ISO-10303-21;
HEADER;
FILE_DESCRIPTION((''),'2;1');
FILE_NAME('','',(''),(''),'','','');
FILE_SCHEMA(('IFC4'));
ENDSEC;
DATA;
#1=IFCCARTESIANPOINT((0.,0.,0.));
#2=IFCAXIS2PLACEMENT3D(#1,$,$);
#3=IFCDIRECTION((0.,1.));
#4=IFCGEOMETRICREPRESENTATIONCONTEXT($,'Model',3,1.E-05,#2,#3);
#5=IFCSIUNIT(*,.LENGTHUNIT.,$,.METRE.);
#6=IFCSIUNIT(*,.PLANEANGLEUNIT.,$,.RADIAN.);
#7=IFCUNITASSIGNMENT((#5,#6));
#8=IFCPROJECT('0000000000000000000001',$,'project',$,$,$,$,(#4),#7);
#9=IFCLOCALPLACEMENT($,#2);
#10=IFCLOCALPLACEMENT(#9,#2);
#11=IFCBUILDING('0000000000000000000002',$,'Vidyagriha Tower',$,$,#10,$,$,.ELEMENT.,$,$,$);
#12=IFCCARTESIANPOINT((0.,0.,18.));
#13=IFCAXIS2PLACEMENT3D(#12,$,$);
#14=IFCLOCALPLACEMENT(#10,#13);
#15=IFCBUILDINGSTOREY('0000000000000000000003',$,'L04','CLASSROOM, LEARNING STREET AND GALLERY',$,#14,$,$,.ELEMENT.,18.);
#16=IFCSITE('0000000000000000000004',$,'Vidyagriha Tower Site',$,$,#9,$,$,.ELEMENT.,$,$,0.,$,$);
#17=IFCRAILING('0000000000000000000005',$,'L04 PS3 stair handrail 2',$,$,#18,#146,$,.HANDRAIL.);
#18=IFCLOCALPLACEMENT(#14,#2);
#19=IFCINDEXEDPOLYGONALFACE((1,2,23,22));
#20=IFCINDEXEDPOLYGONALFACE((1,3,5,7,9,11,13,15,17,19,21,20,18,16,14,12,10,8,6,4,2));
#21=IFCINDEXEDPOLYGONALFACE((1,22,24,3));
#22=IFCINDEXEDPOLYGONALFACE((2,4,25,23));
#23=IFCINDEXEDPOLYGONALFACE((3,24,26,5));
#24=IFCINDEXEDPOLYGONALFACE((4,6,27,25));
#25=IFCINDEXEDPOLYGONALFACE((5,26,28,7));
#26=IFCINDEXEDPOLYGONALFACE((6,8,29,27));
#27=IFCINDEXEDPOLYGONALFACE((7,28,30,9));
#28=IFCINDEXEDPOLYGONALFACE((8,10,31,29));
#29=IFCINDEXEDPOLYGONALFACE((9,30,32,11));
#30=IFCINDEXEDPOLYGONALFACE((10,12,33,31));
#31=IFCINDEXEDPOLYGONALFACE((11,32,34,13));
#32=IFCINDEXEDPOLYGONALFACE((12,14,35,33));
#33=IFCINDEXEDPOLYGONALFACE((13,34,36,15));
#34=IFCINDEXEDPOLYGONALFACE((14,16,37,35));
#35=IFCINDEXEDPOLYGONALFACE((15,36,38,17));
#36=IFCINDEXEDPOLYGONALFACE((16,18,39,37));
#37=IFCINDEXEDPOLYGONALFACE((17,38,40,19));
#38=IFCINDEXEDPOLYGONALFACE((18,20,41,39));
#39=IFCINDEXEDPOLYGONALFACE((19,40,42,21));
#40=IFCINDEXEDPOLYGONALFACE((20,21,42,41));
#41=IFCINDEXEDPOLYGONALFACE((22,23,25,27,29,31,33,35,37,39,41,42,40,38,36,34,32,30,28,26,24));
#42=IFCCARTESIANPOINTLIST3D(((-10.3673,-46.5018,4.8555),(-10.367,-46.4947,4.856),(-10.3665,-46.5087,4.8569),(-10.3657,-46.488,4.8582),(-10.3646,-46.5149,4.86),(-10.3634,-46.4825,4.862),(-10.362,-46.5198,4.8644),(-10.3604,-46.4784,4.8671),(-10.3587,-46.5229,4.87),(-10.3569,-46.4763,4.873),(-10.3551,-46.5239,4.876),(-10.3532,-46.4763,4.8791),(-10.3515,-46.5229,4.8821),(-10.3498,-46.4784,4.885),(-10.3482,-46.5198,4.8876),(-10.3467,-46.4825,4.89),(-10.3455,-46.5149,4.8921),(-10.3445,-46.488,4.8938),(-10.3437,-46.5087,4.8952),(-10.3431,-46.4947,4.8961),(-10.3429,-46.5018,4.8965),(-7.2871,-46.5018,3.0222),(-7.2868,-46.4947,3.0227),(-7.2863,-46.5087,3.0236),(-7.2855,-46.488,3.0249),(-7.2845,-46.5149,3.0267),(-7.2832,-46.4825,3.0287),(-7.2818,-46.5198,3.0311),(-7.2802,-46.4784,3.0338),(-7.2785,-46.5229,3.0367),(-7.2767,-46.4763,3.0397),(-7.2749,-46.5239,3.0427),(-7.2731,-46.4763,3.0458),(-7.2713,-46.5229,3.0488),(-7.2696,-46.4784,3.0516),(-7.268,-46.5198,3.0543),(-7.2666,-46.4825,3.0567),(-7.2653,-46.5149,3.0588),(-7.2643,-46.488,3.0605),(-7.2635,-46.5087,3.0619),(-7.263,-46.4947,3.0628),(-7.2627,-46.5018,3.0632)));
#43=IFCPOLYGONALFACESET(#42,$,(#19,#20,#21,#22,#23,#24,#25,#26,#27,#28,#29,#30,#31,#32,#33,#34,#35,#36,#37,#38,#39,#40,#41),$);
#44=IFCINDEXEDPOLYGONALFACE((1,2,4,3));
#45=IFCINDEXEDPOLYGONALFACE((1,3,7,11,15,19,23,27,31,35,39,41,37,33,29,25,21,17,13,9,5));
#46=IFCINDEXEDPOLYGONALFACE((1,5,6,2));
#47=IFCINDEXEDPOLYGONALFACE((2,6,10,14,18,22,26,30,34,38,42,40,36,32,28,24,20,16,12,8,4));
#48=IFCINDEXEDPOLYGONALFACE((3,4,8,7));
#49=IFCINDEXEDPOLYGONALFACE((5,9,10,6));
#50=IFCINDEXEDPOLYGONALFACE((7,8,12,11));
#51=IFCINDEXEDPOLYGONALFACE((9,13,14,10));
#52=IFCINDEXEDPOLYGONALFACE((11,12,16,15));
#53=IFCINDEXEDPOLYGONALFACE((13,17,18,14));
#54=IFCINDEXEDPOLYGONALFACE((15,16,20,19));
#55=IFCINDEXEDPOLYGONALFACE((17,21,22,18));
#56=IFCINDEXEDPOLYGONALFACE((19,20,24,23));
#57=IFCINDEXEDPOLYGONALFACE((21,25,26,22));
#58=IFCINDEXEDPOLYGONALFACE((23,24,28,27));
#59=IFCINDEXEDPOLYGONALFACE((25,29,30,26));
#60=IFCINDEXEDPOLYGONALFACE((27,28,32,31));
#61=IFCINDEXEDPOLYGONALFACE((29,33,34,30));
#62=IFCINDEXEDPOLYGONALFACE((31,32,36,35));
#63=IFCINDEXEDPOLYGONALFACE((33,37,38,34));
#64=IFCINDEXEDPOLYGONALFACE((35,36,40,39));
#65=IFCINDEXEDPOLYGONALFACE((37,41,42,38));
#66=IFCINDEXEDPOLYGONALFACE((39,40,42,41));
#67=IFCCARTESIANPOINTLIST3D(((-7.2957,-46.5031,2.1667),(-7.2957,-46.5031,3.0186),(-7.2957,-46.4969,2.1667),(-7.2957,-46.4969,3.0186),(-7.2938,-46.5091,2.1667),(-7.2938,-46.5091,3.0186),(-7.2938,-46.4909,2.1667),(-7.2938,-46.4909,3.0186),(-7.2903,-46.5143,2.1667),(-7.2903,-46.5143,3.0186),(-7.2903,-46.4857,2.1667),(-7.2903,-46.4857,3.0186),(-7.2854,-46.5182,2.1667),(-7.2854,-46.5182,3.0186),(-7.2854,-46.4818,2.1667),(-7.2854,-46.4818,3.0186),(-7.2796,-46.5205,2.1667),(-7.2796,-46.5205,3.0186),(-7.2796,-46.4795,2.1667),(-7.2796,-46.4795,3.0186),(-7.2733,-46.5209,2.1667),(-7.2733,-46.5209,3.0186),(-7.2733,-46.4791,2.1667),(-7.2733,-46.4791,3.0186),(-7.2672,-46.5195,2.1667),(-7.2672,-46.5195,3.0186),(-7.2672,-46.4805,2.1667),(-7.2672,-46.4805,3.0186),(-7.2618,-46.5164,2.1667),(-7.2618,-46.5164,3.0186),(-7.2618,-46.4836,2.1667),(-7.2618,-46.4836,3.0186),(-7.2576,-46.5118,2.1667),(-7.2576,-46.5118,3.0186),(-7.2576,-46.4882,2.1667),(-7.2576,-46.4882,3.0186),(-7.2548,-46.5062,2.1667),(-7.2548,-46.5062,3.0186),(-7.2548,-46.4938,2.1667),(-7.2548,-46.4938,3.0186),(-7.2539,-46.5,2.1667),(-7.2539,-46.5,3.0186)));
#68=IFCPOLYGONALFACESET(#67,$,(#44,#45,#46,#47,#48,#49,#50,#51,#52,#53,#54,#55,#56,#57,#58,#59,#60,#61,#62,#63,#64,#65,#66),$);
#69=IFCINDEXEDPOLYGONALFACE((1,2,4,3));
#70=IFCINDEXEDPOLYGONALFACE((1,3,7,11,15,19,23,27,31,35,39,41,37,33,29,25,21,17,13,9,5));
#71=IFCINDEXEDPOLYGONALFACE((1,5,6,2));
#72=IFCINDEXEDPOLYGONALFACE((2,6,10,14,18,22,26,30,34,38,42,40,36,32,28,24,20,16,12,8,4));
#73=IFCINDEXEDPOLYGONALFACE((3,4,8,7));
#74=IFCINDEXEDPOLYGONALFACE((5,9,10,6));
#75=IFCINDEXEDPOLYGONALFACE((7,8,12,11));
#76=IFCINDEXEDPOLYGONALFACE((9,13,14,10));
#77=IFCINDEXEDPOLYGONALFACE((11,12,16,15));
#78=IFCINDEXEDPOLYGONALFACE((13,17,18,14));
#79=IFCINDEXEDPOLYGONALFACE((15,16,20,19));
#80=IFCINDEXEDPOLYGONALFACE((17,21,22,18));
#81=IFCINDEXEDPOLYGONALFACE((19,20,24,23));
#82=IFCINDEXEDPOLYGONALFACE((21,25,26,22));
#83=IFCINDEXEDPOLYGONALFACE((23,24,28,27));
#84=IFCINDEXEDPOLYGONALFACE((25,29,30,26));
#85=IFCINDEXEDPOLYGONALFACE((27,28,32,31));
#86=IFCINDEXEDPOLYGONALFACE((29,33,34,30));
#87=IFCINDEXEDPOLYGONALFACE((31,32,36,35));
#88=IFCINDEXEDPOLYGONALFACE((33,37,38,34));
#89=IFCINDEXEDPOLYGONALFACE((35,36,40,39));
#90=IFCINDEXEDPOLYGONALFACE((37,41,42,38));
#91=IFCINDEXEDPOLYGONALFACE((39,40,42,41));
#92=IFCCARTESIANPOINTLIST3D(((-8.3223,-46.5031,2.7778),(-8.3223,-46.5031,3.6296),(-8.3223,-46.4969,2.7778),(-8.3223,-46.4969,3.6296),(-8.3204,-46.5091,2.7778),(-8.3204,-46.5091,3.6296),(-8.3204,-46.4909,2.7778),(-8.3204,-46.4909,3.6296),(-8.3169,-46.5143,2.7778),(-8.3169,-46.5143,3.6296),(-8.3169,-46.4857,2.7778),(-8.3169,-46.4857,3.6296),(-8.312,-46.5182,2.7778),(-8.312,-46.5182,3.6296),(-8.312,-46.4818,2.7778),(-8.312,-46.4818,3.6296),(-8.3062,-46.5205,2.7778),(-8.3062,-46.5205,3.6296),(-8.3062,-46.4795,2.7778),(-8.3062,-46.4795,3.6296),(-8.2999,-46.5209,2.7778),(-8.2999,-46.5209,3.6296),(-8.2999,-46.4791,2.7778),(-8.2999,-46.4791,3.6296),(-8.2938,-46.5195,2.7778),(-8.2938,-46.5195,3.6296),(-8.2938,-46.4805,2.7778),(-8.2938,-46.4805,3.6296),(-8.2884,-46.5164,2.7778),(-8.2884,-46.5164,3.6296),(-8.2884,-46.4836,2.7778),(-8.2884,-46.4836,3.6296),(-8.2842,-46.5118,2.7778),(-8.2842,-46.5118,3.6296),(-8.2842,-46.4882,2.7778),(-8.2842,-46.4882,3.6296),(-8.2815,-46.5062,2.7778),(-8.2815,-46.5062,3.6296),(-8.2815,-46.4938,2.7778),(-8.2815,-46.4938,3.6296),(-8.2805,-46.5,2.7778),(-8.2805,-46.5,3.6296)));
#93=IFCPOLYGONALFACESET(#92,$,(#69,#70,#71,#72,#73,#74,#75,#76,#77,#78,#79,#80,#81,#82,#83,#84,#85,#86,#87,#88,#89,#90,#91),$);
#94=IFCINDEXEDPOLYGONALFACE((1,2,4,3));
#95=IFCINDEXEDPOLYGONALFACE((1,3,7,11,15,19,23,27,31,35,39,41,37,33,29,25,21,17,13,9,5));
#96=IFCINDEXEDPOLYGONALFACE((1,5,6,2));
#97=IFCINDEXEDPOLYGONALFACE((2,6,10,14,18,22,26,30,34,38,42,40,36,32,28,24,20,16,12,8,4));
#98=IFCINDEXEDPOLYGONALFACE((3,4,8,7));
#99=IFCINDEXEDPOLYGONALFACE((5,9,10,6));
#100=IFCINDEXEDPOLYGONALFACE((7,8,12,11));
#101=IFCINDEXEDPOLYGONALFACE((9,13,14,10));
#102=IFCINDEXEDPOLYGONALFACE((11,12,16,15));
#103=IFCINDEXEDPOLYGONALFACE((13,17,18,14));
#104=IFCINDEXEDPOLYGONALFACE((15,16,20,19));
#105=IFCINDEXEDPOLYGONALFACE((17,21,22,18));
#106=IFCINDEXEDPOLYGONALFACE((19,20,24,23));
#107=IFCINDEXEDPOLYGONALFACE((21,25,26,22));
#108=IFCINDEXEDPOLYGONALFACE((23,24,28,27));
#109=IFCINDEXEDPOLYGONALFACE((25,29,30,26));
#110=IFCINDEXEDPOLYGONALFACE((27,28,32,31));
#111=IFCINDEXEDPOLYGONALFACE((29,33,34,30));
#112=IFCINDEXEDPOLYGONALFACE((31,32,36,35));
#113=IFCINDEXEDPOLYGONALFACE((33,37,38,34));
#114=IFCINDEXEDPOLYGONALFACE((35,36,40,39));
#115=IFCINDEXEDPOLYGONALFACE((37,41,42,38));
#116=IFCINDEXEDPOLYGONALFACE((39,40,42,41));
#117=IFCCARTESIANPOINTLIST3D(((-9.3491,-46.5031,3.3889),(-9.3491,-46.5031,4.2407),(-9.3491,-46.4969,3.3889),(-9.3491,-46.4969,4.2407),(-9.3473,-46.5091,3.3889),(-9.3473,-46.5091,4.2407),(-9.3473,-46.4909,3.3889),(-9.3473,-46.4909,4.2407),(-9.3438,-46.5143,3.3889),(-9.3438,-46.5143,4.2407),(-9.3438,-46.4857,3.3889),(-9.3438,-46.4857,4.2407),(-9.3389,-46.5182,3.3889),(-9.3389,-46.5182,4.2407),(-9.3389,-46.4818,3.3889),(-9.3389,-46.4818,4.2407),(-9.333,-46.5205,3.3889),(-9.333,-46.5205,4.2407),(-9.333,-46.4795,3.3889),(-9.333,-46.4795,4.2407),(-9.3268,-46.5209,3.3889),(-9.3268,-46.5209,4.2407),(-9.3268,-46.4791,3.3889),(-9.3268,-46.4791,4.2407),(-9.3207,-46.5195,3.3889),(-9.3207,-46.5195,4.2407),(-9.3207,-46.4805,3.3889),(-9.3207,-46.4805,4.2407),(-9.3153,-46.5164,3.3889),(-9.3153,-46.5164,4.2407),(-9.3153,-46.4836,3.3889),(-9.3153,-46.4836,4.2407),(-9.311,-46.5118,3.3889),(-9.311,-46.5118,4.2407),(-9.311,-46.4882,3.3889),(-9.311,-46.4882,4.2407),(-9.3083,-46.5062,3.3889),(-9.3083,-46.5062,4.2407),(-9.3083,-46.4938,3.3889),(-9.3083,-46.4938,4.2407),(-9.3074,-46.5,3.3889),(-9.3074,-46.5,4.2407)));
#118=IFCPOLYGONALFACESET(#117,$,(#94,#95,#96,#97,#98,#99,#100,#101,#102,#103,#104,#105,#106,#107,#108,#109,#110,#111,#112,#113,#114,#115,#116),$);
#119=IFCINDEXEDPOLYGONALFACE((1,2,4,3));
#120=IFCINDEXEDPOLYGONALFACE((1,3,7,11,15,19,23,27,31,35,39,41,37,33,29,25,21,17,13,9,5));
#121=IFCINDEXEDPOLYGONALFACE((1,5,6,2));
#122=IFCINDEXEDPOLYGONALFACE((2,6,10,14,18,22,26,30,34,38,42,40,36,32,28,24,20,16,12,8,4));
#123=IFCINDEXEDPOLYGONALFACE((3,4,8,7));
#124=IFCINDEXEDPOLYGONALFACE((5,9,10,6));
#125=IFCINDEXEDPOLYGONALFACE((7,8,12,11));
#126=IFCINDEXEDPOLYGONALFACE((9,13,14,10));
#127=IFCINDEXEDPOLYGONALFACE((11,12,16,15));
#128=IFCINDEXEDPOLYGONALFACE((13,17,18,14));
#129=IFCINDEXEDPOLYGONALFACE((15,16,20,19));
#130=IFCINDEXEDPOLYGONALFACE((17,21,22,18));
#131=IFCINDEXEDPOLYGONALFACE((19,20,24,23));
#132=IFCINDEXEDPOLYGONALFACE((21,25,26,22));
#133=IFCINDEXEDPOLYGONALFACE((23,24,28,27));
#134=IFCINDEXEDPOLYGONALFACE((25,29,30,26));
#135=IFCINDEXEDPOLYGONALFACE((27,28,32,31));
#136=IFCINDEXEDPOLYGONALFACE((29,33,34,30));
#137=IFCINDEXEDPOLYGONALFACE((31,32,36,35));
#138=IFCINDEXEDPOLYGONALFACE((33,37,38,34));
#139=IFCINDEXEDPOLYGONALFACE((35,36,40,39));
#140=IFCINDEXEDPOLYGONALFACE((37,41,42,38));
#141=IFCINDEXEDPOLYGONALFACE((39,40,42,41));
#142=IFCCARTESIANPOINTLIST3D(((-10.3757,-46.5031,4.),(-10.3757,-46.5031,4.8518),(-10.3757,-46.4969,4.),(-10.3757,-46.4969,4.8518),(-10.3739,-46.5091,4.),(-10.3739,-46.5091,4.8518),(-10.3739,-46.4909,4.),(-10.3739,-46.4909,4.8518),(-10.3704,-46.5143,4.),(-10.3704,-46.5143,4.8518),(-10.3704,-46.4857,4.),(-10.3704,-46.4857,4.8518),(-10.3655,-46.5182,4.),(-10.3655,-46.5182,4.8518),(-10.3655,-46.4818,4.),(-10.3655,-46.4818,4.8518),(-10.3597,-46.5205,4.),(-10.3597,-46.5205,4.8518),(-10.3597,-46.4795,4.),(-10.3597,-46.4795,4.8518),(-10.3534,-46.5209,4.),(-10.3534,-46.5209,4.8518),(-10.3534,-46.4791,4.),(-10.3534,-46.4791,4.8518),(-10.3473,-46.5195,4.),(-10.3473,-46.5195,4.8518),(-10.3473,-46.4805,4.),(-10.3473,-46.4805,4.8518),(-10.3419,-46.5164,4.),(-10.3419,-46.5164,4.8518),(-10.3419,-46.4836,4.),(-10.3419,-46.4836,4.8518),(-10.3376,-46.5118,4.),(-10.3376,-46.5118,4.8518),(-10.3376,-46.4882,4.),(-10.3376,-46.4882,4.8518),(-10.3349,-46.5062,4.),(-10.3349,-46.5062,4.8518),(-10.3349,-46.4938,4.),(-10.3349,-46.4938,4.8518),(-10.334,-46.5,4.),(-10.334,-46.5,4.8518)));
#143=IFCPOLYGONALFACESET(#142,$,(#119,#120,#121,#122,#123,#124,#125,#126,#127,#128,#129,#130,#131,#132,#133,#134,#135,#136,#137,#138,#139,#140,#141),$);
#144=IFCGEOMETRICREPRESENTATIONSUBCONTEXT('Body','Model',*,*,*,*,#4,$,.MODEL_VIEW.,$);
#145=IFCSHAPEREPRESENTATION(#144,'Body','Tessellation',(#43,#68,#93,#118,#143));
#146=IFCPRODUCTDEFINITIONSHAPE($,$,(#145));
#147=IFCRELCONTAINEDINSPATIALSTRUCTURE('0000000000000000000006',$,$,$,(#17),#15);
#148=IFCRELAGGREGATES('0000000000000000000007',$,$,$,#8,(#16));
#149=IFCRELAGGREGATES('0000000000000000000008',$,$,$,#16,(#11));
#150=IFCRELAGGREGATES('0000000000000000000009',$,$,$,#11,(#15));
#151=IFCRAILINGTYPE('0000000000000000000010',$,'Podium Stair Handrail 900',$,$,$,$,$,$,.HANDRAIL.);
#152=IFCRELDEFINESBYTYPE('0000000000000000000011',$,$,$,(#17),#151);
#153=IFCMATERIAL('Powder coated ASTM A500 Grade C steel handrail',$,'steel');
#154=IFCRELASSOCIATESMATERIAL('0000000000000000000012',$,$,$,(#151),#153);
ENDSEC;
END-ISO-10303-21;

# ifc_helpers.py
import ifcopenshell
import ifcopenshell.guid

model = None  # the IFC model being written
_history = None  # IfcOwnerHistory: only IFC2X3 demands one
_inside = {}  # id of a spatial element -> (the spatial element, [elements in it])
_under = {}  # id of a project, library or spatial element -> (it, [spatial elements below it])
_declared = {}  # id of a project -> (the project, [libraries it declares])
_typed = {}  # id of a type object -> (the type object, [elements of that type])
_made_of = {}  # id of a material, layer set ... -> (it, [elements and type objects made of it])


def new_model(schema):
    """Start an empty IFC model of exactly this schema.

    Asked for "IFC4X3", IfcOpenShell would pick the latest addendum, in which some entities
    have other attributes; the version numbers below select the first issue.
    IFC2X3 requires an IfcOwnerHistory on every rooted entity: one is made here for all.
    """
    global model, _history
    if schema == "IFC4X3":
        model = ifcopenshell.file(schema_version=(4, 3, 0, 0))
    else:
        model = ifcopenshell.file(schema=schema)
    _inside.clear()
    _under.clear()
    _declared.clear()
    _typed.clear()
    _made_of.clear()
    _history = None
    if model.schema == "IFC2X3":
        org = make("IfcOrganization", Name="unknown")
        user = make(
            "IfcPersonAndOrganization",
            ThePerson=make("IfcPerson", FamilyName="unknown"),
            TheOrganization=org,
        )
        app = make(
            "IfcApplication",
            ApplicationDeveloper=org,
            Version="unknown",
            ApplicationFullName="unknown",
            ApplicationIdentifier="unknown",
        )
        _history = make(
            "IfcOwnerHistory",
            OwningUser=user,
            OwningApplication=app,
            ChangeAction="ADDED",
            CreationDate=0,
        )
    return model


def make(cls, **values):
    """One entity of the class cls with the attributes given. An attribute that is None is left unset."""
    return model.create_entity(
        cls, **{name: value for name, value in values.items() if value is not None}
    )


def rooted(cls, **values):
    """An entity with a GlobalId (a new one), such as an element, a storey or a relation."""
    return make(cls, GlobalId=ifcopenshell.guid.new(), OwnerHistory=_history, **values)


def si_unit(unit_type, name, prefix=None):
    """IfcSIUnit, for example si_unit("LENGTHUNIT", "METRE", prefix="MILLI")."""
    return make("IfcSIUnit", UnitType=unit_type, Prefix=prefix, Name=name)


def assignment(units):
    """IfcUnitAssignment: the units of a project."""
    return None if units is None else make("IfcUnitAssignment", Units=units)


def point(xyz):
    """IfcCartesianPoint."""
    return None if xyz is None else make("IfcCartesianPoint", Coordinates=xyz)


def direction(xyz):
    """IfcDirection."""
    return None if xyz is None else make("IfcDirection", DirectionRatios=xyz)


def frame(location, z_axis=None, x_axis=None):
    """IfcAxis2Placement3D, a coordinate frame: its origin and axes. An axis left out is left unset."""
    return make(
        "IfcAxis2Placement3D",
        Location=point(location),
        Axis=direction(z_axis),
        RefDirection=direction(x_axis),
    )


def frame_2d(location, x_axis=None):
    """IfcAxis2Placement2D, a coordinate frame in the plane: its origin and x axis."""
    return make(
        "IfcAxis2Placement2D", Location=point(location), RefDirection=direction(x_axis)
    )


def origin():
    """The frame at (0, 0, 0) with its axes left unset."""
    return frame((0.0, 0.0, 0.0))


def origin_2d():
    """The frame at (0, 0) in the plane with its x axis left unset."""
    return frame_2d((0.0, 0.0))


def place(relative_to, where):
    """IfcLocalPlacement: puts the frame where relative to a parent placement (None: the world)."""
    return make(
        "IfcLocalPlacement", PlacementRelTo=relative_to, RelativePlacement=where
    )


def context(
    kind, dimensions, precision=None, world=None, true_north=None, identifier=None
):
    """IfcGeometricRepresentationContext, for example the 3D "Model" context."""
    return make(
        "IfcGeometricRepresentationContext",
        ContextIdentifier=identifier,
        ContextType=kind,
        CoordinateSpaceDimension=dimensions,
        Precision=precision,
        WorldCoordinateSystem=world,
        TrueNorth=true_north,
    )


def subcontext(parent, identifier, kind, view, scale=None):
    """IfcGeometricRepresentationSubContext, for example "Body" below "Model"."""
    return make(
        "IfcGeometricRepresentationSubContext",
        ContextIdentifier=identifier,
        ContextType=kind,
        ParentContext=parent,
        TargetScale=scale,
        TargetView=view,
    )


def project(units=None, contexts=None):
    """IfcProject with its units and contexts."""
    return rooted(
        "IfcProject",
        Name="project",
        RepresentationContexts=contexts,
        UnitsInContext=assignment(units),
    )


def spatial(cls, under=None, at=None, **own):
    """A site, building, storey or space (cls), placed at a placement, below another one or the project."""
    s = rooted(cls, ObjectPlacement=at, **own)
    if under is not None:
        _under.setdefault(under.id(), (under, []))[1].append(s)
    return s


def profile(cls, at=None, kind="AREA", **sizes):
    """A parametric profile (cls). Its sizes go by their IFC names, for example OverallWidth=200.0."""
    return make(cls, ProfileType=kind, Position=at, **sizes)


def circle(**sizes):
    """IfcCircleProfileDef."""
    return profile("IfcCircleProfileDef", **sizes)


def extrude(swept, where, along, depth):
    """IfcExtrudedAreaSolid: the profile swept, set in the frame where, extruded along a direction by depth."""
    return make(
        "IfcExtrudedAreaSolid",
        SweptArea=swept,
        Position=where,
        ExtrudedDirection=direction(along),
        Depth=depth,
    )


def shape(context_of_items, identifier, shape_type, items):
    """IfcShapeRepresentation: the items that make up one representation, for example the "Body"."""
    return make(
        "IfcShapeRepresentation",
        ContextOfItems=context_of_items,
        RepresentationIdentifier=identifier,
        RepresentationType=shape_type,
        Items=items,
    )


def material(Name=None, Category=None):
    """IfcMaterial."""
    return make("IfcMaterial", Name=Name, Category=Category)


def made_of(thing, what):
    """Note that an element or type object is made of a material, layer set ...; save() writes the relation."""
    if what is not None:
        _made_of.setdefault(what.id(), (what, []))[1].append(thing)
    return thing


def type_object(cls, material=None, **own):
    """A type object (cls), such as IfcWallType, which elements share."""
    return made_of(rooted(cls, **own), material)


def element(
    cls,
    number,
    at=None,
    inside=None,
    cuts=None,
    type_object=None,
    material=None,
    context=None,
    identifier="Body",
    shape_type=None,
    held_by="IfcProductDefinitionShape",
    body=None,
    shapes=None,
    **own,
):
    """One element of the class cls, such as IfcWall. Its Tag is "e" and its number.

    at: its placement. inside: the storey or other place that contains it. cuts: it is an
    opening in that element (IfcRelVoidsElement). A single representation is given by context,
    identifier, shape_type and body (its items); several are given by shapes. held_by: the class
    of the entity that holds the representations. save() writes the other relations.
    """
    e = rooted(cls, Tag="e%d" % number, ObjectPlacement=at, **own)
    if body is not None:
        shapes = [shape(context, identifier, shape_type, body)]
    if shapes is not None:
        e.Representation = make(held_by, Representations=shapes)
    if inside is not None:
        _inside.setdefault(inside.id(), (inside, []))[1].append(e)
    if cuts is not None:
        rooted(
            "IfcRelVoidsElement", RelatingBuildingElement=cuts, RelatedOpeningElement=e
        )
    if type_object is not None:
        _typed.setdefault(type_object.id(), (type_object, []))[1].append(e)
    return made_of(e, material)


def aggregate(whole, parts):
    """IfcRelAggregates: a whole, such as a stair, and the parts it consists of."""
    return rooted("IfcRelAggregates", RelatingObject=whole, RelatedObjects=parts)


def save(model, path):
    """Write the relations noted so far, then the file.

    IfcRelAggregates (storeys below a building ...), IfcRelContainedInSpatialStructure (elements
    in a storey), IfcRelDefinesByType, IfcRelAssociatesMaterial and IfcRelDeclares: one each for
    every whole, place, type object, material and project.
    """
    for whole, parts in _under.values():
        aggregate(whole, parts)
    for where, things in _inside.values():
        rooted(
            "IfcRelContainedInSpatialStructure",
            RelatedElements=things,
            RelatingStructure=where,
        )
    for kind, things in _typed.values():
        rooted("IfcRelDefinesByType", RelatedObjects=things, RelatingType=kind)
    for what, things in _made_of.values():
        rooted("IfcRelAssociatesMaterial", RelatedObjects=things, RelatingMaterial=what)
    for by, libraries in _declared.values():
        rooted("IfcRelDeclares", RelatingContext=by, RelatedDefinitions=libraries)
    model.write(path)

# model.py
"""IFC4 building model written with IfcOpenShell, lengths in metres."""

from ifc_helpers import new_model, si_unit, direction, frame, origin, origin_2d, place, context, subcontext, project, spatial, circle, extrude, material, type_object, element, save


model = new_model("IFC4")

# Units and contexts
model_context = context("Model", 3, precision=1e-05, world=origin(), true_north=direction((0.0, 1.0)))
body_context = subcontext(model_context, "Body", "Model", "MODEL_VIEW")
ifc_project = project(units=[si_unit("LENGTHUNIT", "METRE"), si_unit("PLANEANGLEUNIT", "RADIAN")], contexts=[model_context])

# Site, building, storey
site_placement = place(None, origin())
site = spatial("IfcSite", under=ifc_project, at=site_placement, Name="Vidyagriha Tower Site", CompositionType="ELEMENT", RefElevation=0.0)
building_placement = place(site_placement, origin())
building = spatial("IfcBuilding", under=site, at=building_placement, Name="Vidyagriha Tower", CompositionType="ELEMENT")
storey_placement = place(building_placement, frame((0.0, 0.0, 18.0)))
storey = spatial("IfcBuildingStorey", under=building, at=storey_placement, Name="L04", Description="CLASSROOM, LEARNING STREET AND GALLERY", CompositionType="ELEMENT", Elevation=18.0)

# Railing
ifc_material_1 = material(Name="Powder coated ASTM A500 Grade C steel handrail", Category="steel")
railing_type_1 = type_object("IfcRailingType", Name="Podium Stair Handrail 900", PredefinedType="HANDRAIL", material=ifc_material_1)
railing_1_placement = place(storey_placement, frame((-7.2749, -46.5, 2.1667)))
element("IfcRailing", 1, at=railing_1_placement, inside=storey, type_object=railing_type_1, Name="L04 PS3 stair handrail 2", PredefinedType="HANDRAIL", context=body_context, shape_type="SweptSolid", body=[
    extrude(circle(Radius=0.0239, at=origin_2d()), frame((0.0, 0.0, 0.876), z_axis=(-0.859309, 0.0, 0.511458), x_axis=(0.0, -1.0, 0.0)), (0.0, 0.0, 1.0), 3.5845),
    extrude(circle(Radius=0.021, at=origin_2d()), origin(), (0.0, 0.0, 1.0), 0.8518),
    extrude(circle(Radius=0.021, at=origin_2d()), frame((-1.0266, 0.0, 0.6111)), (0.0, 0.0, 1.0), 0.8518),
    extrude(circle(Radius=0.021, at=origin_2d()), frame((-2.0535, 0.0, 1.2222)), (0.0, 0.0, 1.0), 0.8518),
    extrude(circle(Radius=0.021, at=origin_2d()), frame((-3.0801, 0.0, 1.8333)), (0.0, 0.0, 1.0), 0.8518),
])

save(model, "model.ifc")
